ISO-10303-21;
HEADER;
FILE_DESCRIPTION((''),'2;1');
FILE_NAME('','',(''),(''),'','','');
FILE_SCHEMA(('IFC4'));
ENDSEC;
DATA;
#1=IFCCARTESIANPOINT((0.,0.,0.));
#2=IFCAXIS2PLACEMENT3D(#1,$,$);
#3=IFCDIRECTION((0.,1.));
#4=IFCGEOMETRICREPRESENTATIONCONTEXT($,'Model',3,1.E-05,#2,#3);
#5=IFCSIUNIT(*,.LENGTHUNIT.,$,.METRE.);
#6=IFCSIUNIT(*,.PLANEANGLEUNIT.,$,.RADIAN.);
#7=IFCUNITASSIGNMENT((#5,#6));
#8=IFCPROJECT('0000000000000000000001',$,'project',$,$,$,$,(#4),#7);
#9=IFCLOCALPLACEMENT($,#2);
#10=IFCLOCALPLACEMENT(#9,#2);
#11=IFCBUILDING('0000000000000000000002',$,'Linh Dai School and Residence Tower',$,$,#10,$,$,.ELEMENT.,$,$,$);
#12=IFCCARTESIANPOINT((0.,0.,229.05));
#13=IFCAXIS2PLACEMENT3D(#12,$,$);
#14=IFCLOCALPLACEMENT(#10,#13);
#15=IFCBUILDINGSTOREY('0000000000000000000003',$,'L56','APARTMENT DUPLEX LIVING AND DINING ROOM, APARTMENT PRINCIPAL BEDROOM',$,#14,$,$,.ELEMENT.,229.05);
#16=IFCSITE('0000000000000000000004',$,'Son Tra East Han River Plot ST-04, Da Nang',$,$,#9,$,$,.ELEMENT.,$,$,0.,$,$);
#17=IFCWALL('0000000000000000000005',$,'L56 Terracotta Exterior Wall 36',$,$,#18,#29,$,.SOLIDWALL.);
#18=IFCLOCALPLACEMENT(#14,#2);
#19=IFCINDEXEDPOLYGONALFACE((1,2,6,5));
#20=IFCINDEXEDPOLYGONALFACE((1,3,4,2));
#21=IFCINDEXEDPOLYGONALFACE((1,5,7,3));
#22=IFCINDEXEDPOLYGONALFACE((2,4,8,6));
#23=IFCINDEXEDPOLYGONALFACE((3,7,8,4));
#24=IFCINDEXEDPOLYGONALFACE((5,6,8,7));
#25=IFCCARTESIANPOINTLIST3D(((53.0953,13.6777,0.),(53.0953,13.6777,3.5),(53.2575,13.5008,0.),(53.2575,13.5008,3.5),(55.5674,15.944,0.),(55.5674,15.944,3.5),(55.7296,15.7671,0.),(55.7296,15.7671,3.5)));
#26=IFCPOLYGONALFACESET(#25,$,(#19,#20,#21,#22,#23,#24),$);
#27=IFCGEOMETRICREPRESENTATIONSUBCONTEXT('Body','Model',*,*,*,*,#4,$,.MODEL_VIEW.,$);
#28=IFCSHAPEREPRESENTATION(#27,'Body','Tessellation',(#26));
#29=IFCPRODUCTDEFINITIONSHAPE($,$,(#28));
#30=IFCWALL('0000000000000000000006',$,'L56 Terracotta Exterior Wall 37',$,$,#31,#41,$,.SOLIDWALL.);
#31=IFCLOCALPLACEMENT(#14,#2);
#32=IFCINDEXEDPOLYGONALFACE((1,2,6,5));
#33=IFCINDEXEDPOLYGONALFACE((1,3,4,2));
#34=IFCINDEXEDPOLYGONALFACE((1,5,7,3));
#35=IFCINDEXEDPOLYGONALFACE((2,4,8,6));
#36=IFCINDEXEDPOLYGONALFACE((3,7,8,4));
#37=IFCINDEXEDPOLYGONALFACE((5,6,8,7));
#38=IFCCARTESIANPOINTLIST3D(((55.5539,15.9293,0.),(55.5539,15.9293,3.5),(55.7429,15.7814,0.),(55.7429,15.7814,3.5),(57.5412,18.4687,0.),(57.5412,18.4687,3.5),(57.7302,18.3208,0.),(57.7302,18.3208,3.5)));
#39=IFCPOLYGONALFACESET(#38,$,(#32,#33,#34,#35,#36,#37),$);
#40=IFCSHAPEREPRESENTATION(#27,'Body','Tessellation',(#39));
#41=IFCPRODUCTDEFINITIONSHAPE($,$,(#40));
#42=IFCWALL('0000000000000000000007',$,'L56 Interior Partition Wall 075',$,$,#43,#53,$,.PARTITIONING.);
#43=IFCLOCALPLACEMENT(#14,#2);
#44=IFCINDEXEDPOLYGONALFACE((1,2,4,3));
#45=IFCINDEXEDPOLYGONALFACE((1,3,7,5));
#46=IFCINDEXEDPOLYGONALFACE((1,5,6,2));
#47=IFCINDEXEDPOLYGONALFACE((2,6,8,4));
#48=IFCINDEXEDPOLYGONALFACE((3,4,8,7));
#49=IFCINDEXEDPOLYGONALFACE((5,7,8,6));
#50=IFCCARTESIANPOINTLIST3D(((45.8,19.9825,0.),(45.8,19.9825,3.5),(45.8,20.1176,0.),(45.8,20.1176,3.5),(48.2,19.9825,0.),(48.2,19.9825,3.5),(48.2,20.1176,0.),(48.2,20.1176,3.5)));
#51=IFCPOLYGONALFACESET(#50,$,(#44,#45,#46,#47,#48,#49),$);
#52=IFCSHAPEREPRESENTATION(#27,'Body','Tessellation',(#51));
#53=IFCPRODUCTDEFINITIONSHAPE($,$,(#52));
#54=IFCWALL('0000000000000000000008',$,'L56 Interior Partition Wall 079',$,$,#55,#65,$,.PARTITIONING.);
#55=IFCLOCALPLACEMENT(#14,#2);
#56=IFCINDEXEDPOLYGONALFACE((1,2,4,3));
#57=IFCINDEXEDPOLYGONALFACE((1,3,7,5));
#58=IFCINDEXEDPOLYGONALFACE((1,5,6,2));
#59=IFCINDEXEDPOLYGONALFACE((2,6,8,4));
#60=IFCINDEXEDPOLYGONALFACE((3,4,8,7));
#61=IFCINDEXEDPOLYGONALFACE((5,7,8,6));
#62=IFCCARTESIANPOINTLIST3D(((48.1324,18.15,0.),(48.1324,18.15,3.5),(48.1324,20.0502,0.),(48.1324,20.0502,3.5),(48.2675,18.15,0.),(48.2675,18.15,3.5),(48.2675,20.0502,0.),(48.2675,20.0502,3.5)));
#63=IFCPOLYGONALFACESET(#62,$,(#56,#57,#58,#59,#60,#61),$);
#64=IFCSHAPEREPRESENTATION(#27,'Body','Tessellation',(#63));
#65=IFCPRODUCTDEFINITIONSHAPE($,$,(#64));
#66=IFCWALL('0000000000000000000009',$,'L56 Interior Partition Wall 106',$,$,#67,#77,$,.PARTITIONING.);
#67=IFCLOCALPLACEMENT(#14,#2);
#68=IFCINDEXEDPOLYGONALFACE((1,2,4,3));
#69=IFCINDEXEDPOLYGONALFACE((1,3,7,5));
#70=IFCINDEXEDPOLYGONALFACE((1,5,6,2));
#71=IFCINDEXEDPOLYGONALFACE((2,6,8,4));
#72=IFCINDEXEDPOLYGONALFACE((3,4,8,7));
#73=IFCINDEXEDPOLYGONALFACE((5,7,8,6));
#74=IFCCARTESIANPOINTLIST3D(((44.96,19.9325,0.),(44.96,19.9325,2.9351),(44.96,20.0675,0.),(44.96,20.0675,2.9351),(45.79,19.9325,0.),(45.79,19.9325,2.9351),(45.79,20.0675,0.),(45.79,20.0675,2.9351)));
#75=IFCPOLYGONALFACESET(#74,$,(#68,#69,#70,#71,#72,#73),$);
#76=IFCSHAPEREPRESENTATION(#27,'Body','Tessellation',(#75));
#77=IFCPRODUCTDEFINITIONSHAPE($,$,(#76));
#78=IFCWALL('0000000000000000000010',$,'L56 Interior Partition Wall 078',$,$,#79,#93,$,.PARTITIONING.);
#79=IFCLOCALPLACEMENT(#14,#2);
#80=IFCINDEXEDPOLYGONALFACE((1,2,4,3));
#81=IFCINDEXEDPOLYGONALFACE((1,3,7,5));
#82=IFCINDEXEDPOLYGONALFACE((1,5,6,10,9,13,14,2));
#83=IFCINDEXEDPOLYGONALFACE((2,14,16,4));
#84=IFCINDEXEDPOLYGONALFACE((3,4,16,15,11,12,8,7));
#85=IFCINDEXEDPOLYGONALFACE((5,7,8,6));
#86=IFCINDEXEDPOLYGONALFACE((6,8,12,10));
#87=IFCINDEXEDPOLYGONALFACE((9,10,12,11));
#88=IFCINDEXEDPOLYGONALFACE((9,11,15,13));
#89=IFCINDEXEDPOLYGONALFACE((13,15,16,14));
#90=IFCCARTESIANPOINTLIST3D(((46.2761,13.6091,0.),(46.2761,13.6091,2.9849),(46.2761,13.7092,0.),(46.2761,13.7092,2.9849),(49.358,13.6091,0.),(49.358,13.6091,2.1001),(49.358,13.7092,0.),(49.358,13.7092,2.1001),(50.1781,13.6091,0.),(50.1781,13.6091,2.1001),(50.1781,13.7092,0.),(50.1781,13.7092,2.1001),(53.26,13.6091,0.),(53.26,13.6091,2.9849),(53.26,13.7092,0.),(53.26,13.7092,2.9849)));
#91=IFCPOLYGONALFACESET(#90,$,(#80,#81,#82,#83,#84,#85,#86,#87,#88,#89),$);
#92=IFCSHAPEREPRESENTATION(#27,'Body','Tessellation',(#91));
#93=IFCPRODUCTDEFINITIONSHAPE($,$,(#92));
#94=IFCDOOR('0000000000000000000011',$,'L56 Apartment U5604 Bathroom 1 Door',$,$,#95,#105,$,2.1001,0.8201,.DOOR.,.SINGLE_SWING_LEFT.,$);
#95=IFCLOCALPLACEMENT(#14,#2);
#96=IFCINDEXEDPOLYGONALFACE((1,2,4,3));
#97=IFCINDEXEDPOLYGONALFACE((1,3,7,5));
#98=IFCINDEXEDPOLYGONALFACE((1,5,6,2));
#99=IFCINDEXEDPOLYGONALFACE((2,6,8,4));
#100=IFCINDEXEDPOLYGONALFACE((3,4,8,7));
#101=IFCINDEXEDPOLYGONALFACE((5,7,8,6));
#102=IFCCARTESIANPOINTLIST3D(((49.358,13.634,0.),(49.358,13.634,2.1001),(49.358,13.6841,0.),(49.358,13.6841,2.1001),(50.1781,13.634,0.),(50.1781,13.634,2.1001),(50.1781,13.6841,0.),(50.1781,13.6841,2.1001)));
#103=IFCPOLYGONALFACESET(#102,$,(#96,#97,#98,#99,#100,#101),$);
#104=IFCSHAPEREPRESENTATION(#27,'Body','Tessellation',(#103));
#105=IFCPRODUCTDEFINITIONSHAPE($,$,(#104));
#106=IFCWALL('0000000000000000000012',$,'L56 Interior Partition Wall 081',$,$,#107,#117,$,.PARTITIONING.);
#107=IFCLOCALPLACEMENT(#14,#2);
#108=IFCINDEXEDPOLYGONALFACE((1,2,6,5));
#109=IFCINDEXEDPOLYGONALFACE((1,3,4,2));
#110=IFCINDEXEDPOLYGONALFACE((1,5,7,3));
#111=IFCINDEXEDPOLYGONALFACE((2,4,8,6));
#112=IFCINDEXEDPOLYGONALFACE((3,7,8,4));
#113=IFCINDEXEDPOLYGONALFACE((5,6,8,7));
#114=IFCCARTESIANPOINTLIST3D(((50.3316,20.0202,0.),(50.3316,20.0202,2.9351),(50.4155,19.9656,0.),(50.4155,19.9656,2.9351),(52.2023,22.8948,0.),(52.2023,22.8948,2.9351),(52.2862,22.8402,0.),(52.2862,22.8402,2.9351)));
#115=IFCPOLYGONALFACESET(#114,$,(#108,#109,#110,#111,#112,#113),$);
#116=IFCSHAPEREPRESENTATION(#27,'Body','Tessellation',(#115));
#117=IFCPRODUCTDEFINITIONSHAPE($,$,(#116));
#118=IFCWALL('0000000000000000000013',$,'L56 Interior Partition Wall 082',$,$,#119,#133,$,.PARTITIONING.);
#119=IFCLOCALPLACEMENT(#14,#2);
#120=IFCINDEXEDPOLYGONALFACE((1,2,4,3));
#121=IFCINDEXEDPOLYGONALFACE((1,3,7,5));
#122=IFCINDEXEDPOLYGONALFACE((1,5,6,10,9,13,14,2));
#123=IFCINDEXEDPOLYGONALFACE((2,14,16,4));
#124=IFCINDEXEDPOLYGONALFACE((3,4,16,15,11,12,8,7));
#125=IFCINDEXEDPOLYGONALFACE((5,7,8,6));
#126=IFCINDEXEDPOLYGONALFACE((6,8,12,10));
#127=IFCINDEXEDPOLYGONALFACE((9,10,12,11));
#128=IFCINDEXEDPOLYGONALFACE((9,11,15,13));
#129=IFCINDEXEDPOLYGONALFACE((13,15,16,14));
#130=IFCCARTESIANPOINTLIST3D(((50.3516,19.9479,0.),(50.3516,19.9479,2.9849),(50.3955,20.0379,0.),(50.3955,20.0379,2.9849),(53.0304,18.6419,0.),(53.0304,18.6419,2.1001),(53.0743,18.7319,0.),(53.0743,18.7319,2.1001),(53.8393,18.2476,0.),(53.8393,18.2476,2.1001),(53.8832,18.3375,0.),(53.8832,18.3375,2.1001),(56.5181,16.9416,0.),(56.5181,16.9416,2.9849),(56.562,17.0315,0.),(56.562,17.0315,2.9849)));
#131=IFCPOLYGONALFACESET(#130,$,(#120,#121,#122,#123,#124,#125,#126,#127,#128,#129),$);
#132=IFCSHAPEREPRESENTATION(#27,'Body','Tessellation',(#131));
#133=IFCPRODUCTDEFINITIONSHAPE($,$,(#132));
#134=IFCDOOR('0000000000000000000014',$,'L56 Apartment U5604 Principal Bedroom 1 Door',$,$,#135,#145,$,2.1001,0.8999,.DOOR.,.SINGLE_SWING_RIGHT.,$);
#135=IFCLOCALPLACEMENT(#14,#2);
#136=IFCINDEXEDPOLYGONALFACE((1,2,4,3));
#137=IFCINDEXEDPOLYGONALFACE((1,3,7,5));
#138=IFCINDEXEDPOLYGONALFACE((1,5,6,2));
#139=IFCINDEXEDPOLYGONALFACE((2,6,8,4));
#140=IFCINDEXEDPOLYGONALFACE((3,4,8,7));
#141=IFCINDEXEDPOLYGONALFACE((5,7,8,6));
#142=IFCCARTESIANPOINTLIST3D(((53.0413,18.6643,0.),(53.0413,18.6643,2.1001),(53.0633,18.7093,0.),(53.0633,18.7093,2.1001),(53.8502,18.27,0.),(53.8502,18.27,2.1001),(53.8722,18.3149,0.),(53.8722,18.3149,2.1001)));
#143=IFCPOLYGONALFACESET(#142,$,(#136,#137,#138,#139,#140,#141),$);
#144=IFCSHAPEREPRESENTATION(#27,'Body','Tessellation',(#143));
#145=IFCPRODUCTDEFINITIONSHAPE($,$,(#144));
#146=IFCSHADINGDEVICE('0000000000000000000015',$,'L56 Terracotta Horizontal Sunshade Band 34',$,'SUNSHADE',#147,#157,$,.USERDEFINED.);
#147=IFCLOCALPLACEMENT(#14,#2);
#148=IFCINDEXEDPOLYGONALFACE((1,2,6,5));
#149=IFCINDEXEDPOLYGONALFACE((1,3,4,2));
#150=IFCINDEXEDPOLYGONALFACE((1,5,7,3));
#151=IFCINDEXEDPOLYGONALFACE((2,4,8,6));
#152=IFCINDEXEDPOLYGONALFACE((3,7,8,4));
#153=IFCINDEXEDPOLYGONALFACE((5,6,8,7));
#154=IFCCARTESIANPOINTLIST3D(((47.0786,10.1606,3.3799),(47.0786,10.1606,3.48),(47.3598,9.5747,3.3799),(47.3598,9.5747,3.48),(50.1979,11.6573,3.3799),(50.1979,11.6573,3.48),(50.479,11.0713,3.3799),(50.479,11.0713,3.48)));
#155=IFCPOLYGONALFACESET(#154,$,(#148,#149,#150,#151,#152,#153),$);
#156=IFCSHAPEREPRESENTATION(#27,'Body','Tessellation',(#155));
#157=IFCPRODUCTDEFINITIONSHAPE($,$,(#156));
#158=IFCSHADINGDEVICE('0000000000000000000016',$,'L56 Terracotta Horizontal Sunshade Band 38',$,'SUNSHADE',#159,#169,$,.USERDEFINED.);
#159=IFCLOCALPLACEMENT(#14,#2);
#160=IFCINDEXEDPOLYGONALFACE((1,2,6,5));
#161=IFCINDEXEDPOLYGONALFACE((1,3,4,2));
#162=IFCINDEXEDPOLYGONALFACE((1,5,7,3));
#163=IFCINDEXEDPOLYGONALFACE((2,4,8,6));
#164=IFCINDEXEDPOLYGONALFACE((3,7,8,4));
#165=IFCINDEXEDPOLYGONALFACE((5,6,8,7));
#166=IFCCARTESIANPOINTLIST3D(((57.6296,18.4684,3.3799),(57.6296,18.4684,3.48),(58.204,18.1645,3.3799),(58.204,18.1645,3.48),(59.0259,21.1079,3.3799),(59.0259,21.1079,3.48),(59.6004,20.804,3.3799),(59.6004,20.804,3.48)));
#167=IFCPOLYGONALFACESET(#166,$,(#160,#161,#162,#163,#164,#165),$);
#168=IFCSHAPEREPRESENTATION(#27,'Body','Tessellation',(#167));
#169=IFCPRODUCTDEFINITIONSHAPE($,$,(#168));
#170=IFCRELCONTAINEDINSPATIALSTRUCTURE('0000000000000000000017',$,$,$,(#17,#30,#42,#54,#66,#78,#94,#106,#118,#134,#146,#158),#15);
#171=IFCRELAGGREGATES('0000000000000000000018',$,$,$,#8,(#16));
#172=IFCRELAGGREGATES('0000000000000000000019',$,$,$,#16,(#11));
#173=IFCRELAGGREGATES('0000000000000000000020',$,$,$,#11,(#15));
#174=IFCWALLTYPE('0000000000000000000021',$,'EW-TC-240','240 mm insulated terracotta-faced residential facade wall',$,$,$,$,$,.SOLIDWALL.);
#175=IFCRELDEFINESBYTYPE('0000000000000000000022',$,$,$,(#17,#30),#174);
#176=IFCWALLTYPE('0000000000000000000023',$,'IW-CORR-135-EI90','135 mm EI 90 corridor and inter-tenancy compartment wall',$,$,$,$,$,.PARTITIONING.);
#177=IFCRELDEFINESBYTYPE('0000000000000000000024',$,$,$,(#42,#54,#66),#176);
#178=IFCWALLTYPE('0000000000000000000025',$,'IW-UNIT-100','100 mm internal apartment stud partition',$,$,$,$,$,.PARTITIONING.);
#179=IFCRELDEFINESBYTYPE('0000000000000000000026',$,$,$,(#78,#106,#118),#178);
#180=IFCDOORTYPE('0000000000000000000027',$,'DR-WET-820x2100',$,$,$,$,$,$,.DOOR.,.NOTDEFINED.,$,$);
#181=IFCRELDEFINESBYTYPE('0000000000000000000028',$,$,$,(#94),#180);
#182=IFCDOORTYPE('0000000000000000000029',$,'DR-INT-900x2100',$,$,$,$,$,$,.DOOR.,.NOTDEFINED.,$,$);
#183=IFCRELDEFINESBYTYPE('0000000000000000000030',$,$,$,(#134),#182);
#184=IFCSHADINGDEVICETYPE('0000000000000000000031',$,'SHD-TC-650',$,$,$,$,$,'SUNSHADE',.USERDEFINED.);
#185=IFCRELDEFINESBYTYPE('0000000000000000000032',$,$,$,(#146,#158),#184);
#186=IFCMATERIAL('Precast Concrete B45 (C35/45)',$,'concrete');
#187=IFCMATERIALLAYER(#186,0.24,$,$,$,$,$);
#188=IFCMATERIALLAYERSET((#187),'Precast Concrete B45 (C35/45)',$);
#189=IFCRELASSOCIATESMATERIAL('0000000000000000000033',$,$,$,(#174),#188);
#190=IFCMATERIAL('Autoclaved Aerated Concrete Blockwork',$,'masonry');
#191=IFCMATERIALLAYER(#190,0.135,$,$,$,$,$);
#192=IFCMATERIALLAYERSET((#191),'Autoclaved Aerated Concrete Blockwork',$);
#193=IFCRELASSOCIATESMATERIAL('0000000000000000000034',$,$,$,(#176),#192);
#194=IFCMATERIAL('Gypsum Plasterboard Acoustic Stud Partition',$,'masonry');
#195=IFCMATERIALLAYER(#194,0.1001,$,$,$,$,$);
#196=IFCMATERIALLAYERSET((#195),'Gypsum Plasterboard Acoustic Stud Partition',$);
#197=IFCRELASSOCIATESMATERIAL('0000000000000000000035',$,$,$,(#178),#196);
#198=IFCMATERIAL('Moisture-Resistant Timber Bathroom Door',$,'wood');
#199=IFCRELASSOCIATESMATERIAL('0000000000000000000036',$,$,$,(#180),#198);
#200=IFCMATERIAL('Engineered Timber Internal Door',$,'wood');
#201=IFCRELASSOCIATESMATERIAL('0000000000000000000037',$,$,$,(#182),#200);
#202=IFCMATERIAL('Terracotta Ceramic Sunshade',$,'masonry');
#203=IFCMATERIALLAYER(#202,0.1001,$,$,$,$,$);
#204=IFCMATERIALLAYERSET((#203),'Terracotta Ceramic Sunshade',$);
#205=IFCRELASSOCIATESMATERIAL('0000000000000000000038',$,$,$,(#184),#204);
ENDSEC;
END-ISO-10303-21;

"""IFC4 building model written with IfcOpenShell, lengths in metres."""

from ifc_helpers import new_model, si_unit, direction, frame, frame_2d, origin, origin_2d, place, context, subcontext, project, spatial, rectangle, extrude, source, transform, mapped, material, layer, layer_set, type_object, element, fill, save


model = new_model("IFC4")

# Units and contexts
model_context = context("Model", 3, precision=1e-05, world=origin(), true_north=direction((0.0, 1.0)))
body_context = subcontext(model_context, "Body", "Model", "MODEL_VIEW")
ifc_project = project(units=[si_unit("LENGTHUNIT", "METRE"), si_unit("PLANEANGLEUNIT", "RADIAN")], contexts=[model_context])

# Site, building, storey
site_placement = place(None, origin())
site = spatial("IfcSite", under=ifc_project, at=site_placement, Name="Son Tra East Han River Plot ST-04, Da Nang", CompositionType="ELEMENT", RefElevation=0.0)
building_placement = place(site_placement, origin())
building = spatial("IfcBuilding", under=site, at=building_placement, Name="Linh Dai School and Residence Tower", CompositionType="ELEMENT")
storey_placement = place(building_placement, frame((0.0, 0.0, 229.05)))
storey = spatial("IfcBuildingStorey", under=building, at=storey_placement, Name="L56", Description="APARTMENT DUPLEX LIVING AND DINING ROOM, APARTMENT PRINCIPAL BEDROOM", CompositionType="ELEMENT", Elevation=229.05)

# Shared definitions
ifc_material_1 = material(Name="Precast Concrete B45 (C35/45)", Category="concrete")

# Shared definitions
ifc_layer_1 = layer(ifc_material_1, 0.24)
ifc_layer_set_1 = layer_set([ifc_layer_1], Name="Precast Concrete B45 (C35/45)")
wall_type_1 = type_object("IfcWallType", Name="EW-TC-240", Description="240 mm insulated terracotta-faced residential facade wall", PredefinedType="SOLIDWALL", material=ifc_layer_set_1)

# Walls
wall_1_placement = place(storey_placement, frame((55.6484, 15.8555, 0.0), z_axis=(0.0, 0.0, 1.0), x_axis=(-0.737124, -0.675758, 0.0)))
element("IfcWall", 1, at=wall_1_placement, inside=storey, type_object=wall_type_1, Name="L56 Terracotta Exterior Wall 36", PredefinedType="SOLIDWALL", context=body_context, shape_type="SweptSolid", body=[
    extrude(rectangle(XDim=3.3538, YDim=0.24, at=frame_2d((1.6768, 0.0))), origin(), (0.0, 0.0, 1.0), 3.5),
])
wall_2_placement = place(storey_placement, frame((57.6357, 18.3948, 0.0), z_axis=(0.0, 0.0, 1.0), x_axis=(-0.616312, -0.787502, 0.0)))
element("IfcWall", 2, at=wall_2_placement, inside=storey, type_object=wall_type_1, Name="L56 Terracotta Exterior Wall 37", PredefinedType="SOLIDWALL", context=body_context, shape_type="SweptSolid", body=[
    extrude(rectangle(XDim=3.2246, YDim=0.24, at=frame_2d((1.6123, 0.0))), origin(), (0.0, 0.0, 1.0), 3.5),
])
ifc_material_2 = material(Name="Autoclaved Aerated Concrete Blockwork", Category="masonry")
ifc_layer_2 = layer(ifc_material_2, 0.135)
ifc_layer_set_2 = layer_set([ifc_layer_2], Name="Autoclaved Aerated Concrete Blockwork")
wall_type_2 = type_object("IfcWallType", Name="IW-CORR-135-EI90", Description="135 mm EI 90 corridor and inter-tenancy compartment wall", PredefinedType="PARTITIONING", material=ifc_layer_set_2)
wall_3_placement = place(storey_placement, frame((45.8, 20.05, 0.0), z_axis=(0.0, 0.0, 1.0), x_axis=(1.0, 0.0, 0.0)))
element("IfcWall", 3, at=wall_3_placement, inside=storey, type_object=wall_type_2, Name="L56 Interior Partition Wall 075", PredefinedType="PARTITIONING", context=body_context, shape_type="SweptSolid", body=[
    extrude(rectangle(XDim=2.3999, YDim=0.135, at=frame_2d((1.2, 0.0))), origin(), (0.0, 0.0, 1.0), 3.5),
])
wall_4_placement = place(storey_placement, frame((48.2, 18.1499, 0.0), z_axis=(0.0, 0.0, 1.0), x_axis=(0.0, 1.0, 0.0)))
element("IfcWall", 4, at=wall_4_placement, inside=storey, type_object=wall_type_2, Name="L56 Interior Partition Wall 079", PredefinedType="PARTITIONING", context=body_context, shape_type="SweptSolid", body=[
    extrude(rectangle(XDim=1.9001, YDim=0.135, at=frame_2d((0.9502, 0.0))), origin(), (0.0, 0.0, 1.0), 3.5),
])
wall_5_placement = place(storey_placement, frame((44.96, 20.0, 0.0), z_axis=(0.0, 0.0, 1.0), x_axis=(1.0, 0.0, 0.0)))
element("IfcWall", 5, at=wall_5_placement, inside=storey, type_object=wall_type_2, Name="L56 Interior Partition Wall 106", PredefinedType="PARTITIONING", context=body_context, shape_type="SweptSolid", body=[
    extrude(rectangle(XDim=0.8301, YDim=0.135, at=frame_2d((0.415, 0.0))), origin(), (0.0, 0.0, 1.0), 2.9351),
])

# Wall, opening, door
ifc_material_3 = material(Name="Gypsum Plasterboard Acoustic Stud Partition", Category="masonry")
ifc_layer_3 = layer(ifc_material_3, 0.1001)
ifc_layer_set_3 = layer_set([ifc_layer_3], Name="Gypsum Plasterboard Acoustic Stud Partition")
wall_type_3 = type_object("IfcWallType", Name="IW-UNIT-100", Description="100 mm internal apartment stud partition", PredefinedType="PARTITIONING", material=ifc_layer_set_3)
wall_6_placement = place(storey_placement, frame((46.2761, 13.6592, 0.0), z_axis=(0.0, 0.0, 1.0), x_axis=(1.0, 0.0, 0.0)))
wall_6 = element("IfcWall", 6, at=wall_6_placement, inside=storey, type_object=wall_type_3, Name="L56 Interior Partition Wall 078", PredefinedType="PARTITIONING", context=body_context, shape_type="SweptSolid", body=[
    extrude(rectangle(XDim=6.9839, YDim=0.1001, at=frame_2d((3.4919, 0.0))), origin(), (0.0, 0.0, 1.0), 2.9849),
])
opening_1_placement = place(wall_6_placement, frame((3.0818, 0.0, 0.0)))
opening_1 = element("IfcOpeningElement", 7, at=opening_1_placement, cuts=wall_6, PredefinedType="OPENING", context=body_context, shape_type="SweptSolid", body=[
    extrude(rectangle(XDim=0.8201, YDim=2.1001, at=origin_2d()), frame((0.4102, 0.0601, 1.05), z_axis=(0.0, -1.0, 0.0), x_axis=(1.0, 0.0, 0.0)), (0.0, 0.0, 1.0), 0.1201),
])
ifc_material_4 = material(Name="Moisture-Resistant Timber Bathroom Door", Category="wood")
door_type_1 = type_object("IfcDoorType", Name="DR-WET-820x2100", OperationType="NOTDEFINED", PredefinedType="DOOR", material=ifc_material_4)
shared_shape_1 = source(origin(), body_context, "Body", "SweptSolid", [
    extrude(rectangle(XDim=0.8201, YDim=2.1001, at=origin_2d()), frame((0.4102, 0.0249, 1.05), z_axis=(0.0, -1.0, 0.0), x_axis=(1.0, 0.0, 0.0)), (0.0, 0.0, 1.0), 0.05),
])
door_1_placement = place(opening_1_placement, origin())
door_1 = element("IfcDoor", 8, at=door_1_placement, inside=storey, type_object=door_type_1, Name="L56 Apartment U5604 Bathroom 1 Door", OperationType="SINGLE_SWING_LEFT", OverallHeight=2.1001, OverallWidth=0.8201, PredefinedType="DOOR", context=body_context, shape_type="MappedRepresentation", body=[
    mapped(shared_shape_1, transform((0.0, 0.0, 0.0), x_axis=(1.0, 0.0, 0.0), y_axis=(0.0, 1.0, 0.0), z_axis=(0.0, 0.0, 1.0), scale=1.0)),
])
fill(opening_1, door_1)

# Wall
wall_7_placement = place(storey_placement, frame((50.3735, 19.9929, 0.0), z_axis=(0.0, 0.0, 1.0), x_axis=(0.545434, 0.838154, 0.0)))
element("IfcWall", 9, at=wall_7_placement, inside=storey, type_object=wall_type_3, Name="L56 Interior Partition Wall 081", PredefinedType="PARTITIONING", context=body_context, shape_type="SweptSolid", body=[
    extrude(rectangle(XDim=3.4297, YDim=0.1001, at=frame_2d((1.7148, 0.0))), origin(), (0.0, 0.0, 1.0), 2.9351),
])

# Wall, opening, door
wall_8_placement = place(storey_placement, frame((50.3735, 19.9929, 0.0), z_axis=(0.0, 0.0, 1.0), x_axis=(0.898866, -0.438223, 0.0)))
wall_8 = element("IfcWall", 10, at=wall_8_placement, inside=storey, type_object=wall_type_3, Name="L56 Interior Partition Wall 082", PredefinedType="PARTITIONING", context=body_context, shape_type="SweptSolid", body=[
    extrude(rectangle(XDim=6.8604, YDim=0.1001, at=frame_2d((3.4302, 0.0))), origin(), (0.0, 0.0, 1.0), 2.9849),
])
opening_2_placement = place(wall_8_placement, frame((2.9802, 0.0, 0.0)))
opening_2 = element("IfcOpeningElement", 11, at=opening_2_placement, cuts=wall_8, PredefinedType="OPENING", context=body_context, shape_type="SweptSolid", body=[
    extrude(rectangle(XDim=0.8999, YDim=2.1001, at=origin_2d()), frame((0.45, 0.0601, 1.05), z_axis=(0.0, -1.0, 0.0), x_axis=(1.0, 0.0, 0.0)), (0.0, 0.0, 1.0), 0.1201),
])
ifc_material_5 = material(Name="Engineered Timber Internal Door", Category="wood")
door_type_2 = type_object("IfcDoorType", Name="DR-INT-900x2100", OperationType="NOTDEFINED", PredefinedType="DOOR", material=ifc_material_5)
shared_shape_2 = source(origin(), body_context, "Body", "SweptSolid", [
    extrude(rectangle(XDim=0.8999, YDim=2.1001, at=origin_2d()), frame((0.45, 0.0249, 1.05), z_axis=(0.0, -1.0, 0.0), x_axis=(1.0, 0.0, 0.0)), (0.0, 0.0, 1.0), 0.05),
])
door_2_placement = place(opening_2_placement, origin())
door_2 = element("IfcDoor", 12, at=door_2_placement, inside=storey, type_object=door_type_2, Name="L56 Apartment U5604 Principal Bedroom 1 Door", OperationType="SINGLE_SWING_RIGHT", OverallHeight=2.1001, OverallWidth=0.8999, PredefinedType="DOOR", context=body_context, shape_type="MappedRepresentation", body=[
    mapped(shared_shape_2, transform((0.0, 0.0, 0.0), x_axis=(1.0, 0.0, 0.0), y_axis=(0.0, 1.0, 0.0), z_axis=(0.0, 0.0, 1.0), scale=1.0)),
])
fill(opening_2, door_2)

# Shading devices
ifc_material_6 = material(Name="Terracotta Ceramic Sunshade", Category="masonry")
ifc_layer_4 = layer(ifc_material_6, 0.1001)
ifc_layer_set_4 = layer_set([ifc_layer_4], Name="Terracotta Ceramic Sunshade")
shading_device_type = type_object("IfcShadingDeviceType", Name="SHD-TC-650", ElementType="SUNSHADE", PredefinedType="USERDEFINED", material=ifc_layer_set_4)
shared_shape_3 = source(origin(), body_context, "Body", "SweptSolid", [
    extrude(rectangle(XDim=3.4597, YDim=0.6499, at=origin_2d()), origin(), (0.0, 0.0, 1.0), 0.1001),
])
shading_device_1_placement = place(storey_placement, frame((48.7788, 10.616, 3.3799), z_axis=(0.0, 0.0, 1.0), x_axis=(-0.901589, -0.432594, 0.0)))
element("IfcShadingDevice", 13, at=shading_device_1_placement, inside=storey, type_object=shading_device_type, Name="L56 Terracotta Horizontal Sunshade Band 34", ObjectType="SUNSHADE", PredefinedType="USERDEFINED", context=body_context, shape_type="MappedRepresentation", body=[
    mapped(shared_shape_3, transform((0.0, 0.0, 0.0), x_axis=(1.0, 0.0, 0.0), y_axis=(0.0, 1.0, 0.0), z_axis=(0.0, 0.0, 1.0), scale=1.0)),
])
shared_shape_4 = source(origin(), body_context, "Body", "SweptSolid", [
    extrude(rectangle(XDim=2.9861, YDim=0.6499, at=origin_2d()), origin(), (0.0, 0.0, 1.0), 0.1001),
])
shading_device_2_placement = place(storey_placement, frame((58.615, 19.6362, 3.3799), z_axis=(0.0, 0.0, 1.0), x_axis=(-0.467621, -0.883929, 0.0)))
element("IfcShadingDevice", 14, at=shading_device_2_placement, inside=storey, type_object=shading_device_type, Name="L56 Terracotta Horizontal Sunshade Band 38", ObjectType="SUNSHADE", PredefinedType="USERDEFINED", context=body_context, shape_type="MappedRepresentation", body=[
    mapped(shared_shape_4, transform((0.0, 0.0, 0.0), x_axis=(1.0, 0.0, 0.0), y_axis=(0.0, 1.0, 0.0), z_axis=(0.0, 0.0, 1.0), scale=1.0)),
])

save(model, "model.ifc")
